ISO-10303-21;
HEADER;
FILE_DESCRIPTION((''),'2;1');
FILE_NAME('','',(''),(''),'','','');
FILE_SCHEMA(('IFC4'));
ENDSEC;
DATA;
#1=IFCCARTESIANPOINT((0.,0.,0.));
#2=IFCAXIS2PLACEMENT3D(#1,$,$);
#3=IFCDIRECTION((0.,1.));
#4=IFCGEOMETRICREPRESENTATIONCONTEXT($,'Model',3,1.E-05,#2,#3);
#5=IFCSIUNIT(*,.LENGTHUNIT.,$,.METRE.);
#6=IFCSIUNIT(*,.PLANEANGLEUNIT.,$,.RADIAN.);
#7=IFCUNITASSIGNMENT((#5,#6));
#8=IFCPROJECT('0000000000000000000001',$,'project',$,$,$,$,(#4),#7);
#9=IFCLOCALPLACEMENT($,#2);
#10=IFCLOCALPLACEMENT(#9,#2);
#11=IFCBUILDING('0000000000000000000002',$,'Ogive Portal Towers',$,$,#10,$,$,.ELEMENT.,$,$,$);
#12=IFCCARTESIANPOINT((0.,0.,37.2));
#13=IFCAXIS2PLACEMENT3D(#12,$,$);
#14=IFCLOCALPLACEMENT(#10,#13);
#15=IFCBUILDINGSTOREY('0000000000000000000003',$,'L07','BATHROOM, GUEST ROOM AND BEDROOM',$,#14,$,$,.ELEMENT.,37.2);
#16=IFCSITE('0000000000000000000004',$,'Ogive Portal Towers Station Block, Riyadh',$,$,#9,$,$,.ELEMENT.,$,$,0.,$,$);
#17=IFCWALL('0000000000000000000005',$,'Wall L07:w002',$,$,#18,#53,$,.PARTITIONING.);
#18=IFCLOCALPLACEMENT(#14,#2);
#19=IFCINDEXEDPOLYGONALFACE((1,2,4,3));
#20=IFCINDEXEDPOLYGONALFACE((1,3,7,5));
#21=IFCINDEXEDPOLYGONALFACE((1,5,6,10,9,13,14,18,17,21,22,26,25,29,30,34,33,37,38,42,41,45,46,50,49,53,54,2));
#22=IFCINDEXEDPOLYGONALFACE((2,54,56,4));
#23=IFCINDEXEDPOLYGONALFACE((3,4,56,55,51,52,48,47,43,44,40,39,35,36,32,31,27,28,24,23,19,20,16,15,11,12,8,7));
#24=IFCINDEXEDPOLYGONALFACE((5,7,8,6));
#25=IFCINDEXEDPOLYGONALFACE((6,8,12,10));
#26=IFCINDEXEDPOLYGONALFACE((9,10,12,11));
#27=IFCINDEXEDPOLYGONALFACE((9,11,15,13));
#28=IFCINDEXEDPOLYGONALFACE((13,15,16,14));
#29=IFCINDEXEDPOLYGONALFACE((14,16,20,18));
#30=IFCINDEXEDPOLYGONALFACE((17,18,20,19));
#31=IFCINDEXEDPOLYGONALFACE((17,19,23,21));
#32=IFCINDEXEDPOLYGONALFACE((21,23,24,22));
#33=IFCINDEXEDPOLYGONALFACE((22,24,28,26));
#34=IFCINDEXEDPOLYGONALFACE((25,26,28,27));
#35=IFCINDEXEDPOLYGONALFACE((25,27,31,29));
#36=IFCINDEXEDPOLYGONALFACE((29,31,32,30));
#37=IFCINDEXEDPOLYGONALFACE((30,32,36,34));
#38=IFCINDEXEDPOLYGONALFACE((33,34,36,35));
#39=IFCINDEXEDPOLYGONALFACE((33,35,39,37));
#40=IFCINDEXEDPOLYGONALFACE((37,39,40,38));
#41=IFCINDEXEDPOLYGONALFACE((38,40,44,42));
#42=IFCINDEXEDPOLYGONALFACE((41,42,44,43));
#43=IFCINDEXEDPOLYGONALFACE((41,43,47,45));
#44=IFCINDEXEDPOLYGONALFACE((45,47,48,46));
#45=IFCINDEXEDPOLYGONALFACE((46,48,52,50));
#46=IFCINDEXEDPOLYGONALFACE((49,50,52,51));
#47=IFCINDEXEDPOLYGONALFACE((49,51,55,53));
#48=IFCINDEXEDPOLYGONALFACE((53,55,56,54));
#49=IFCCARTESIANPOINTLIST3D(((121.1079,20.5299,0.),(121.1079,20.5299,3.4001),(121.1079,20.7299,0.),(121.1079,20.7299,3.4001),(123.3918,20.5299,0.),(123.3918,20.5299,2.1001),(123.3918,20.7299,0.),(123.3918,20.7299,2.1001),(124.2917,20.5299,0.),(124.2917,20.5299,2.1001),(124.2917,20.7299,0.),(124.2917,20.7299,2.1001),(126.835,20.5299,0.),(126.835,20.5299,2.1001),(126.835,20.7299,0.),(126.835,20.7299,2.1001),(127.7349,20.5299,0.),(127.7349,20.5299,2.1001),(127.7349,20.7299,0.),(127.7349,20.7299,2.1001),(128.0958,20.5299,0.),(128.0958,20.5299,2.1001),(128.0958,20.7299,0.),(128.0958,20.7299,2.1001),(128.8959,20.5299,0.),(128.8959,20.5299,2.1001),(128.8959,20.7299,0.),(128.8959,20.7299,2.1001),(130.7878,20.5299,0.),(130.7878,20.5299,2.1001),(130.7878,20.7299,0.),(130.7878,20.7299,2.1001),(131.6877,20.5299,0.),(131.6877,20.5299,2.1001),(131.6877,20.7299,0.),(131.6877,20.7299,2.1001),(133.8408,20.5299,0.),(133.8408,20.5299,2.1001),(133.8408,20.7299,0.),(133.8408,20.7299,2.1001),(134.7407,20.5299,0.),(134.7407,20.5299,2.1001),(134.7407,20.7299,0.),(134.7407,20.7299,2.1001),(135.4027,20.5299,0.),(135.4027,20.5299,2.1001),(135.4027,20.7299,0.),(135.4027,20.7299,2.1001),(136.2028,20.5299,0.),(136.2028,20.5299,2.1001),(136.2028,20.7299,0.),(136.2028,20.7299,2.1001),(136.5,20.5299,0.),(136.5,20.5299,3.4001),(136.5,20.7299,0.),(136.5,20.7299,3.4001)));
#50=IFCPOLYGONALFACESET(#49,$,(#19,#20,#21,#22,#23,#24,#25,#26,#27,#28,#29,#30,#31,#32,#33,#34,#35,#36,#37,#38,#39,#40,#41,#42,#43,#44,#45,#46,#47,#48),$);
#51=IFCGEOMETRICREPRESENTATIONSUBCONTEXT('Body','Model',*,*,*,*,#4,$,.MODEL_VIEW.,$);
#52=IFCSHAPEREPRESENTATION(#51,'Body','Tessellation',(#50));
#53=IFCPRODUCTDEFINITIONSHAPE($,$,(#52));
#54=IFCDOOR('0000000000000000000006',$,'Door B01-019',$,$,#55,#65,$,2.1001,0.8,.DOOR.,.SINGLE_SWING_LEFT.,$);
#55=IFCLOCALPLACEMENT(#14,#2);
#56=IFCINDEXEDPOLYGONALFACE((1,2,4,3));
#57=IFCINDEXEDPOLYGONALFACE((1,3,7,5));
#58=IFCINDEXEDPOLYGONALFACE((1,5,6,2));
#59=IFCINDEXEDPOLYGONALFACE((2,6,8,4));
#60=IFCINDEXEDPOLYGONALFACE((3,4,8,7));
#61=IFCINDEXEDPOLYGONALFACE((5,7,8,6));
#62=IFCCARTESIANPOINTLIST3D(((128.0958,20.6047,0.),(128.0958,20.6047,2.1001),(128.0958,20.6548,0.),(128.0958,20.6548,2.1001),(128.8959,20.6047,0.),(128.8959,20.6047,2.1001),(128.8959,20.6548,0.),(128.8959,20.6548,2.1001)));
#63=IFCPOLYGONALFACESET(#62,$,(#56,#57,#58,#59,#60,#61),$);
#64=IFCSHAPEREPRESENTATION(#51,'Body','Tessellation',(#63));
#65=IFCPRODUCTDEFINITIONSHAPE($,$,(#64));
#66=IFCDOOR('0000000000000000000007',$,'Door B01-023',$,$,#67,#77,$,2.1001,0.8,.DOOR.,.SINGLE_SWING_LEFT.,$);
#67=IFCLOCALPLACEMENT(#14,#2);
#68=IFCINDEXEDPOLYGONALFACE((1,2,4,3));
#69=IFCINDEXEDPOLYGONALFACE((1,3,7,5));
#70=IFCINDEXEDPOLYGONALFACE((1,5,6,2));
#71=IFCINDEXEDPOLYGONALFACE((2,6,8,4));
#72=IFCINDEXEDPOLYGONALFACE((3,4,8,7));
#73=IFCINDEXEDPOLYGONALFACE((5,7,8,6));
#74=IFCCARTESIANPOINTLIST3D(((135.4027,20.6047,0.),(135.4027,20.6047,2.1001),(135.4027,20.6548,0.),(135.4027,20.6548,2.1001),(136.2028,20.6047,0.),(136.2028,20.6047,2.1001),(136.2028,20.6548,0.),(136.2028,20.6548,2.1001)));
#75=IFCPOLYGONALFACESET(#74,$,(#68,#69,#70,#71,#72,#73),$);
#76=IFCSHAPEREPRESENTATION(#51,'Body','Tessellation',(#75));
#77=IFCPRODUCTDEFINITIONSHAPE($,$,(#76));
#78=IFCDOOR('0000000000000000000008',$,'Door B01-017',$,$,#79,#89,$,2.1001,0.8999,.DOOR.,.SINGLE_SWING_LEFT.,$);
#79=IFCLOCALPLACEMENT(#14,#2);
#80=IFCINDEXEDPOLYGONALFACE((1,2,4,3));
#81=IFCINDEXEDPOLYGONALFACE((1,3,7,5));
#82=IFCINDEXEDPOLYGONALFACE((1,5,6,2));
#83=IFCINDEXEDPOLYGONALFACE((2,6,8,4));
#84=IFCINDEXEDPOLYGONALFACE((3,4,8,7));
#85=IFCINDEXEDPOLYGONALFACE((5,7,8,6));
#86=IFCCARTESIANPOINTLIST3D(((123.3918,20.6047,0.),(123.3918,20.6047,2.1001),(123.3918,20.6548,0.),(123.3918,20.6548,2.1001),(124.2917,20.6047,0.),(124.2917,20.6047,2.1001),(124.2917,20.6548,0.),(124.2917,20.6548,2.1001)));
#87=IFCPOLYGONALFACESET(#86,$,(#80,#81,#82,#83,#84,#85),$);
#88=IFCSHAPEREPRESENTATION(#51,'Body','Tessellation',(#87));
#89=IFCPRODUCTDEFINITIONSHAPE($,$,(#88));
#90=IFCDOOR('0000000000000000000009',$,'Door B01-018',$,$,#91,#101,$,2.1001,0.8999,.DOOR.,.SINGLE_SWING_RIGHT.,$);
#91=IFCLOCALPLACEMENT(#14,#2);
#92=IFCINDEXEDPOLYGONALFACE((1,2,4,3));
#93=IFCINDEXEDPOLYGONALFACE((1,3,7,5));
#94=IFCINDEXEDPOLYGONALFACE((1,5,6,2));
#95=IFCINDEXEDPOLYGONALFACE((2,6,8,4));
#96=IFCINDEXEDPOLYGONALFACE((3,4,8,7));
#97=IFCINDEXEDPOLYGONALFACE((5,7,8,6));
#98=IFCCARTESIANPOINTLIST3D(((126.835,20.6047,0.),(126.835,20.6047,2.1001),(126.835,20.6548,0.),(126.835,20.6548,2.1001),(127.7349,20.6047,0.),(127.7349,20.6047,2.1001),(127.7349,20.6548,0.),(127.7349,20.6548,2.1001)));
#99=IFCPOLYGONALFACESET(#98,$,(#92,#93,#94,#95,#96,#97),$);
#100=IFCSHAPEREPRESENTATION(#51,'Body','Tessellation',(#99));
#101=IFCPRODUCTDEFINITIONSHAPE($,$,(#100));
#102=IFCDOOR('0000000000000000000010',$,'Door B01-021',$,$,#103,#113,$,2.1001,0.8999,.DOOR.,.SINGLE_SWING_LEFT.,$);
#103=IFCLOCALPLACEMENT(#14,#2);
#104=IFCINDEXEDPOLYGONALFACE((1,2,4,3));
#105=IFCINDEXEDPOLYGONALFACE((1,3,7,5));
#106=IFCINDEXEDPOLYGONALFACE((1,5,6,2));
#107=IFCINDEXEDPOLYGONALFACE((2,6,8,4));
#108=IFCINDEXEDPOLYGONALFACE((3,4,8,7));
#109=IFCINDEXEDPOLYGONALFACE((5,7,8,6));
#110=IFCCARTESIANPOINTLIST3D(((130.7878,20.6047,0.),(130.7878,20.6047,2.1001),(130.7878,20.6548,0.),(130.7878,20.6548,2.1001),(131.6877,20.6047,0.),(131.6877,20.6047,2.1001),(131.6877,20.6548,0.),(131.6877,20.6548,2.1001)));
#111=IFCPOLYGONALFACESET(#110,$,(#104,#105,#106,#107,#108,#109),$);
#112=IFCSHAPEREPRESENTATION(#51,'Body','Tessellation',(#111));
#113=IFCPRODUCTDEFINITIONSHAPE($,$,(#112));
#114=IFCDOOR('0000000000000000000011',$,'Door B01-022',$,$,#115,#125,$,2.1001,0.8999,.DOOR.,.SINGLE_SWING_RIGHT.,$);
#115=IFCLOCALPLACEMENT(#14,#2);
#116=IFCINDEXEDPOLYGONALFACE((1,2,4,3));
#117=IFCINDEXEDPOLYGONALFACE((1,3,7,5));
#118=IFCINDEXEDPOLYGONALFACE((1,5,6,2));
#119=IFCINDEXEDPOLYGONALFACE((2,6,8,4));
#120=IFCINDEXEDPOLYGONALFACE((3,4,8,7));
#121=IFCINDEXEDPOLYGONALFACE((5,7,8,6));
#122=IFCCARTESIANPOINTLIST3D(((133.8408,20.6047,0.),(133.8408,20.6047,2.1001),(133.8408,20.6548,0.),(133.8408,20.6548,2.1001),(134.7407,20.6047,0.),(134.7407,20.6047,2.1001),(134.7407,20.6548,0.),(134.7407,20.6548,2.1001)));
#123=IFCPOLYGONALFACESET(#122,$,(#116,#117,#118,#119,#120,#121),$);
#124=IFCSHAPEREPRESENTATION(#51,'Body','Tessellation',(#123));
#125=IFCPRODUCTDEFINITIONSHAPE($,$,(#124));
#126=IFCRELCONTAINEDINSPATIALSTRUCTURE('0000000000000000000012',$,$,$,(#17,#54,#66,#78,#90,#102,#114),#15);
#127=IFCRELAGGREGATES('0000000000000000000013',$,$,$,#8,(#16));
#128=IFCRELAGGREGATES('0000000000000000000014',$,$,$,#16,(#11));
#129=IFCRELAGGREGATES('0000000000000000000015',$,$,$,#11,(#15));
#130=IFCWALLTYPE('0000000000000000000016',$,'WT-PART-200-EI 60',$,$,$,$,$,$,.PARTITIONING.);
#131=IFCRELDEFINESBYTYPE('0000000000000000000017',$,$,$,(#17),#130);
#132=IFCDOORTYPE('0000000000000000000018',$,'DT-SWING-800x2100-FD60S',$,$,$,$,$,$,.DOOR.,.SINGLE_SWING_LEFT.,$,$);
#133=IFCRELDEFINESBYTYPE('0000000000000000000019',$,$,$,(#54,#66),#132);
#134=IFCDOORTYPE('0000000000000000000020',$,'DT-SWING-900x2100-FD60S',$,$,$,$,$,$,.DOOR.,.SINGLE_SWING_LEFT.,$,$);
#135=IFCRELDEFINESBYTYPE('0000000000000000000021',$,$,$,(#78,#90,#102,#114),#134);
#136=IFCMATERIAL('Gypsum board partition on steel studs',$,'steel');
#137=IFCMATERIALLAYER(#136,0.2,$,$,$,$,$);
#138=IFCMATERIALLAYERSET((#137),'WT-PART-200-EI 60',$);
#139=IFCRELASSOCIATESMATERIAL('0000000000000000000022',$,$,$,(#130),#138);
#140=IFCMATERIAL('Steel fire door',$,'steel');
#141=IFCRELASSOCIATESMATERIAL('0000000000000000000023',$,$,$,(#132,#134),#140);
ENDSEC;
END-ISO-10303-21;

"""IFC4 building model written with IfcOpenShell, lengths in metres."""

from ifc_helpers import new_model, si_unit, direction, frame, frame_2d, origin, place, context, subcontext, project, spatial, rectangle, extrude, material, layer, layer_set, type_object, element, fill, save


model = new_model("IFC4")

# Units and contexts
model_context = context("Model", 3, precision=1e-05, world=origin(), true_north=direction((0.0, 1.0)))
body_context = subcontext(model_context, "Body", "Model", "MODEL_VIEW")
ifc_project = project(units=[si_unit("LENGTHUNIT", "METRE"), si_unit("PLANEANGLEUNIT", "RADIAN")], contexts=[model_context])

# Site, building, storey
site_placement = place(None, origin())
site = spatial("IfcSite", under=ifc_project, at=site_placement, Name="Ogive Portal Towers Station Block, Riyadh", CompositionType="ELEMENT", RefElevation=0.0)
building_placement = place(site_placement, origin())
building = spatial("IfcBuilding", under=site, at=building_placement, Name="Ogive Portal Towers", CompositionType="ELEMENT")
storey_placement = place(building_placement, frame((0.0, 0.0, 37.2)))
storey = spatial("IfcBuildingStorey", under=building, at=storey_placement, Name="L07", Description="BATHROOM, GUEST ROOM AND BEDROOM", CompositionType="ELEMENT", Elevation=37.2)

# Wall, openings, doors
ifc_material_1 = material(Name="Gypsum board partition on steel studs", Category="steel")
ifc_layer_1 = layer(ifc_material_1, 0.2)
ifc_layer_set_1 = layer_set([ifc_layer_1], Name="WT-PART-200-EI 60")
wall_type = type_object("IfcWallType", Name="WT-PART-200-EI 60", PredefinedType="PARTITIONING", material=ifc_layer_set_1)
wall_placement = place(storey_placement, frame((121.1079, 20.6299, 0.0), z_axis=(0.0, 0.0, 1.0), x_axis=(1.0, 0.0, 0.0)))
wall = element("IfcWall", 1, at=wall_placement, inside=storey, type_object=wall_type, Name="Wall L07:w002", PredefinedType="PARTITIONING", context=body_context, shape_type="SweptSolid", body=[
    extrude(rectangle(XDim=15.3921, YDim=0.2, at=frame_2d((7.696, 0.0))), origin(), (0.0, 0.0, 1.0), 3.4001),
])
opening_1_placement = place(wall_placement, frame((2.2839, 0.0, 0.0)))
opening_1 = element("IfcOpeningElement", 2, at=opening_1_placement, cuts=wall, PredefinedType="OPENING", context=body_context, shape_type="SweptSolid", body=[
    extrude(rectangle(XDim=0.8999, YDim=2.1001, at=frame_2d((0.45, 1.05))), frame((0.0, 0.1099, 0.0), z_axis=(0.0, -1.0, 0.0), x_axis=(1.0, 0.0, 0.0)), (0.0, 0.0, 1.0), 0.22),
])
opening_2_placement = place(wall_placement, frame((5.7271, 0.0, 0.0)))
opening_2 = element("IfcOpeningElement", 3, at=opening_2_placement, cuts=wall, PredefinedType="OPENING", context=body_context, shape_type="SweptSolid", body=[
    extrude(rectangle(XDim=0.8999, YDim=2.1001, at=frame_2d((0.45, 1.05))), frame((0.0, 0.1099, 0.0), z_axis=(0.0, -1.0, 0.0), x_axis=(1.0, 0.0, 0.0)), (0.0, 0.0, 1.0), 0.22),
])
opening_3_placement = place(wall_placement, frame((6.988, 0.0, 0.0)))
opening_3 = element("IfcOpeningElement", 4, at=opening_3_placement, cuts=wall, PredefinedType="OPENING", context=body_context, shape_type="SweptSolid", body=[
    extrude(rectangle(XDim=0.8, YDim=2.1001, at=frame_2d((0.3999, 1.05))), frame((0.0, 0.1099, 0.0), z_axis=(0.0, -1.0, 0.0), x_axis=(1.0, 0.0, 0.0)), (0.0, 0.0, 1.0), 0.22),
])
opening_4_placement = place(wall_placement, frame((9.6799, 0.0, 0.0)))
opening_4 = element("IfcOpeningElement", 5, at=opening_4_placement, cuts=wall, PredefinedType="OPENING", context=body_context, shape_type="SweptSolid", body=[
    extrude(rectangle(XDim=0.8999, YDim=2.1001, at=frame_2d((0.45, 1.05))), frame((0.0, 0.1099, 0.0), z_axis=(0.0, -1.0, 0.0), x_axis=(1.0, 0.0, 0.0)), (0.0, 0.0, 1.0), 0.22),
])
opening_5_placement = place(wall_placement, frame((12.7329, 0.0, 0.0)))
opening_5 = element("IfcOpeningElement", 6, at=opening_5_placement, cuts=wall, PredefinedType="OPENING", context=body_context, shape_type="SweptSolid", body=[
    extrude(rectangle(XDim=0.8999, YDim=2.1001, at=frame_2d((0.45, 1.05))), frame((0.0, 0.1099, 0.0), z_axis=(0.0, -1.0, 0.0), x_axis=(1.0, 0.0, 0.0)), (0.0, 0.0, 1.0), 0.22),
])
opening_6_placement = place(wall_placement, frame((14.2949, 0.0, 0.0)))
opening_6 = element("IfcOpeningElement", 7, at=opening_6_placement, cuts=wall, PredefinedType="OPENING", context=body_context, shape_type="SweptSolid", body=[
    extrude(rectangle(XDim=0.8, YDim=2.1001, at=frame_2d((0.3999, 1.05))), frame((0.0, 0.1099, 0.0), z_axis=(0.0, -1.0, 0.0), x_axis=(1.0, 0.0, 0.0)), (0.0, 0.0, 1.0), 0.22),
])
ifc_material_2 = material(Name="Steel fire door", Category="steel")
door_type_1 = type_object("IfcDoorType", Name="DT-SWING-800x2100-FD60S", OperationType="SINGLE_SWING_LEFT", PredefinedType="DOOR", material=ifc_material_2)
door_1_placement = place(opening_3_placement, origin())
door_1 = element("IfcDoor", 8, at=door_1_placement, inside=storey, type_object=door_type_1, Name="Door B01-019", OperationType="SINGLE_SWING_LEFT", OverallHeight=2.1001, OverallWidth=0.8, PredefinedType="DOOR", context=body_context, shape_type="SweptSolid", body=[
    extrude(rectangle(XDim=0.8, YDim=2.1001, at=frame_2d((0.3999, 1.05))), frame((0.0, 0.0249, 0.0), z_axis=(0.0, -1.0, 0.0), x_axis=(1.0, 0.0, 0.0)), (0.0, 0.0, 1.0), 0.05),
])
fill(opening_3, door_1)
door_2_placement = place(opening_6_placement, origin())
door_2 = element("IfcDoor", 9, at=door_2_placement, inside=storey, type_object=door_type_1, Name="Door B01-023", OperationType="SINGLE_SWING_LEFT", OverallHeight=2.1001, OverallWidth=0.8, PredefinedType="DOOR", context=body_context, shape_type="SweptSolid", body=[
    extrude(rectangle(XDim=0.8, YDim=2.1001, at=frame_2d((0.3999, 1.05))), frame((0.0, 0.0249, 0.0), z_axis=(0.0, -1.0, 0.0), x_axis=(1.0, 0.0, 0.0)), (0.0, 0.0, 1.0), 0.05),
])
fill(opening_6, door_2)
door_type_2 = type_object("IfcDoorType", Name="DT-SWING-900x2100-FD60S", OperationType="SINGLE_SWING_LEFT", PredefinedType="DOOR", material=ifc_material_2)
door_3_placement = place(opening_1_placement, origin())
door_3 = element("IfcDoor", 10, at=door_3_placement, inside=storey, type_object=door_type_2, Name="Door B01-017", OperationType="SINGLE_SWING_LEFT", OverallHeight=2.1001, OverallWidth=0.8999, PredefinedType="DOOR", context=body_context, shape_type="SweptSolid", body=[
    extrude(rectangle(XDim=0.8999, YDim=2.1001, at=frame_2d((0.45, 1.05))), frame((0.0, 0.0249, 0.0), z_axis=(0.0, -1.0, 0.0), x_axis=(1.0, 0.0, 0.0)), (0.0, 0.0, 1.0), 0.05),
])
fill(opening_1, door_3)
door_4_placement = place(opening_2_placement, origin())
door_4 = element("IfcDoor", 11, at=door_4_placement, inside=storey, type_object=door_type_2, Name="Door B01-018", OperationType="SINGLE_SWING_RIGHT", OverallHeight=2.1001, OverallWidth=0.8999, PredefinedType="DOOR", context=body_context, shape_type="SweptSolid", body=[
    extrude(rectangle(XDim=0.8999, YDim=2.1001, at=frame_2d((0.45, 1.05))), frame((0.0, 0.0249, 0.0), z_axis=(0.0, -1.0, 0.0), x_axis=(1.0, 0.0, 0.0)), (0.0, 0.0, 1.0), 0.05),
])
fill(opening_2, door_4)
door_5_placement = place(opening_4_placement, origin())
door_5 = element("IfcDoor", 12, at=door_5_placement, inside=storey, type_object=door_type_2, Name="Door B01-021", OperationType="SINGLE_SWING_LEFT", OverallHeight=2.1001, OverallWidth=0.8999, PredefinedType="DOOR", context=body_context, shape_type="SweptSolid", body=[
    extrude(rectangle(XDim=0.8999, YDim=2.1001, at=frame_2d((0.45, 1.05))), frame((0.0, 0.0249, 0.0), z_axis=(0.0, -1.0, 0.0), x_axis=(1.0, 0.0, 0.0)), (0.0, 0.0, 1.0), 0.05),
])
fill(opening_4, door_5)
door_6_placement = place(opening_5_placement, origin())
door_6 = element("IfcDoor", 13, at=door_6_placement, inside=storey, type_object=door_type_2, Name="Door B01-022", OperationType="SINGLE_SWING_RIGHT", OverallHeight=2.1001, OverallWidth=0.8999, PredefinedType="DOOR", context=body_context, shape_type="SweptSolid", body=[
    extrude(rectangle(XDim=0.8999, YDim=2.1001, at=frame_2d((0.45, 1.05))), frame((0.0, 0.0249, 0.0), z_axis=(0.0, -1.0, 0.0), x_axis=(1.0, 0.0, 0.0)), (0.0, 0.0, 1.0), 0.05),
])
fill(opening_5, door_6)

save(model, "model.ifc")
